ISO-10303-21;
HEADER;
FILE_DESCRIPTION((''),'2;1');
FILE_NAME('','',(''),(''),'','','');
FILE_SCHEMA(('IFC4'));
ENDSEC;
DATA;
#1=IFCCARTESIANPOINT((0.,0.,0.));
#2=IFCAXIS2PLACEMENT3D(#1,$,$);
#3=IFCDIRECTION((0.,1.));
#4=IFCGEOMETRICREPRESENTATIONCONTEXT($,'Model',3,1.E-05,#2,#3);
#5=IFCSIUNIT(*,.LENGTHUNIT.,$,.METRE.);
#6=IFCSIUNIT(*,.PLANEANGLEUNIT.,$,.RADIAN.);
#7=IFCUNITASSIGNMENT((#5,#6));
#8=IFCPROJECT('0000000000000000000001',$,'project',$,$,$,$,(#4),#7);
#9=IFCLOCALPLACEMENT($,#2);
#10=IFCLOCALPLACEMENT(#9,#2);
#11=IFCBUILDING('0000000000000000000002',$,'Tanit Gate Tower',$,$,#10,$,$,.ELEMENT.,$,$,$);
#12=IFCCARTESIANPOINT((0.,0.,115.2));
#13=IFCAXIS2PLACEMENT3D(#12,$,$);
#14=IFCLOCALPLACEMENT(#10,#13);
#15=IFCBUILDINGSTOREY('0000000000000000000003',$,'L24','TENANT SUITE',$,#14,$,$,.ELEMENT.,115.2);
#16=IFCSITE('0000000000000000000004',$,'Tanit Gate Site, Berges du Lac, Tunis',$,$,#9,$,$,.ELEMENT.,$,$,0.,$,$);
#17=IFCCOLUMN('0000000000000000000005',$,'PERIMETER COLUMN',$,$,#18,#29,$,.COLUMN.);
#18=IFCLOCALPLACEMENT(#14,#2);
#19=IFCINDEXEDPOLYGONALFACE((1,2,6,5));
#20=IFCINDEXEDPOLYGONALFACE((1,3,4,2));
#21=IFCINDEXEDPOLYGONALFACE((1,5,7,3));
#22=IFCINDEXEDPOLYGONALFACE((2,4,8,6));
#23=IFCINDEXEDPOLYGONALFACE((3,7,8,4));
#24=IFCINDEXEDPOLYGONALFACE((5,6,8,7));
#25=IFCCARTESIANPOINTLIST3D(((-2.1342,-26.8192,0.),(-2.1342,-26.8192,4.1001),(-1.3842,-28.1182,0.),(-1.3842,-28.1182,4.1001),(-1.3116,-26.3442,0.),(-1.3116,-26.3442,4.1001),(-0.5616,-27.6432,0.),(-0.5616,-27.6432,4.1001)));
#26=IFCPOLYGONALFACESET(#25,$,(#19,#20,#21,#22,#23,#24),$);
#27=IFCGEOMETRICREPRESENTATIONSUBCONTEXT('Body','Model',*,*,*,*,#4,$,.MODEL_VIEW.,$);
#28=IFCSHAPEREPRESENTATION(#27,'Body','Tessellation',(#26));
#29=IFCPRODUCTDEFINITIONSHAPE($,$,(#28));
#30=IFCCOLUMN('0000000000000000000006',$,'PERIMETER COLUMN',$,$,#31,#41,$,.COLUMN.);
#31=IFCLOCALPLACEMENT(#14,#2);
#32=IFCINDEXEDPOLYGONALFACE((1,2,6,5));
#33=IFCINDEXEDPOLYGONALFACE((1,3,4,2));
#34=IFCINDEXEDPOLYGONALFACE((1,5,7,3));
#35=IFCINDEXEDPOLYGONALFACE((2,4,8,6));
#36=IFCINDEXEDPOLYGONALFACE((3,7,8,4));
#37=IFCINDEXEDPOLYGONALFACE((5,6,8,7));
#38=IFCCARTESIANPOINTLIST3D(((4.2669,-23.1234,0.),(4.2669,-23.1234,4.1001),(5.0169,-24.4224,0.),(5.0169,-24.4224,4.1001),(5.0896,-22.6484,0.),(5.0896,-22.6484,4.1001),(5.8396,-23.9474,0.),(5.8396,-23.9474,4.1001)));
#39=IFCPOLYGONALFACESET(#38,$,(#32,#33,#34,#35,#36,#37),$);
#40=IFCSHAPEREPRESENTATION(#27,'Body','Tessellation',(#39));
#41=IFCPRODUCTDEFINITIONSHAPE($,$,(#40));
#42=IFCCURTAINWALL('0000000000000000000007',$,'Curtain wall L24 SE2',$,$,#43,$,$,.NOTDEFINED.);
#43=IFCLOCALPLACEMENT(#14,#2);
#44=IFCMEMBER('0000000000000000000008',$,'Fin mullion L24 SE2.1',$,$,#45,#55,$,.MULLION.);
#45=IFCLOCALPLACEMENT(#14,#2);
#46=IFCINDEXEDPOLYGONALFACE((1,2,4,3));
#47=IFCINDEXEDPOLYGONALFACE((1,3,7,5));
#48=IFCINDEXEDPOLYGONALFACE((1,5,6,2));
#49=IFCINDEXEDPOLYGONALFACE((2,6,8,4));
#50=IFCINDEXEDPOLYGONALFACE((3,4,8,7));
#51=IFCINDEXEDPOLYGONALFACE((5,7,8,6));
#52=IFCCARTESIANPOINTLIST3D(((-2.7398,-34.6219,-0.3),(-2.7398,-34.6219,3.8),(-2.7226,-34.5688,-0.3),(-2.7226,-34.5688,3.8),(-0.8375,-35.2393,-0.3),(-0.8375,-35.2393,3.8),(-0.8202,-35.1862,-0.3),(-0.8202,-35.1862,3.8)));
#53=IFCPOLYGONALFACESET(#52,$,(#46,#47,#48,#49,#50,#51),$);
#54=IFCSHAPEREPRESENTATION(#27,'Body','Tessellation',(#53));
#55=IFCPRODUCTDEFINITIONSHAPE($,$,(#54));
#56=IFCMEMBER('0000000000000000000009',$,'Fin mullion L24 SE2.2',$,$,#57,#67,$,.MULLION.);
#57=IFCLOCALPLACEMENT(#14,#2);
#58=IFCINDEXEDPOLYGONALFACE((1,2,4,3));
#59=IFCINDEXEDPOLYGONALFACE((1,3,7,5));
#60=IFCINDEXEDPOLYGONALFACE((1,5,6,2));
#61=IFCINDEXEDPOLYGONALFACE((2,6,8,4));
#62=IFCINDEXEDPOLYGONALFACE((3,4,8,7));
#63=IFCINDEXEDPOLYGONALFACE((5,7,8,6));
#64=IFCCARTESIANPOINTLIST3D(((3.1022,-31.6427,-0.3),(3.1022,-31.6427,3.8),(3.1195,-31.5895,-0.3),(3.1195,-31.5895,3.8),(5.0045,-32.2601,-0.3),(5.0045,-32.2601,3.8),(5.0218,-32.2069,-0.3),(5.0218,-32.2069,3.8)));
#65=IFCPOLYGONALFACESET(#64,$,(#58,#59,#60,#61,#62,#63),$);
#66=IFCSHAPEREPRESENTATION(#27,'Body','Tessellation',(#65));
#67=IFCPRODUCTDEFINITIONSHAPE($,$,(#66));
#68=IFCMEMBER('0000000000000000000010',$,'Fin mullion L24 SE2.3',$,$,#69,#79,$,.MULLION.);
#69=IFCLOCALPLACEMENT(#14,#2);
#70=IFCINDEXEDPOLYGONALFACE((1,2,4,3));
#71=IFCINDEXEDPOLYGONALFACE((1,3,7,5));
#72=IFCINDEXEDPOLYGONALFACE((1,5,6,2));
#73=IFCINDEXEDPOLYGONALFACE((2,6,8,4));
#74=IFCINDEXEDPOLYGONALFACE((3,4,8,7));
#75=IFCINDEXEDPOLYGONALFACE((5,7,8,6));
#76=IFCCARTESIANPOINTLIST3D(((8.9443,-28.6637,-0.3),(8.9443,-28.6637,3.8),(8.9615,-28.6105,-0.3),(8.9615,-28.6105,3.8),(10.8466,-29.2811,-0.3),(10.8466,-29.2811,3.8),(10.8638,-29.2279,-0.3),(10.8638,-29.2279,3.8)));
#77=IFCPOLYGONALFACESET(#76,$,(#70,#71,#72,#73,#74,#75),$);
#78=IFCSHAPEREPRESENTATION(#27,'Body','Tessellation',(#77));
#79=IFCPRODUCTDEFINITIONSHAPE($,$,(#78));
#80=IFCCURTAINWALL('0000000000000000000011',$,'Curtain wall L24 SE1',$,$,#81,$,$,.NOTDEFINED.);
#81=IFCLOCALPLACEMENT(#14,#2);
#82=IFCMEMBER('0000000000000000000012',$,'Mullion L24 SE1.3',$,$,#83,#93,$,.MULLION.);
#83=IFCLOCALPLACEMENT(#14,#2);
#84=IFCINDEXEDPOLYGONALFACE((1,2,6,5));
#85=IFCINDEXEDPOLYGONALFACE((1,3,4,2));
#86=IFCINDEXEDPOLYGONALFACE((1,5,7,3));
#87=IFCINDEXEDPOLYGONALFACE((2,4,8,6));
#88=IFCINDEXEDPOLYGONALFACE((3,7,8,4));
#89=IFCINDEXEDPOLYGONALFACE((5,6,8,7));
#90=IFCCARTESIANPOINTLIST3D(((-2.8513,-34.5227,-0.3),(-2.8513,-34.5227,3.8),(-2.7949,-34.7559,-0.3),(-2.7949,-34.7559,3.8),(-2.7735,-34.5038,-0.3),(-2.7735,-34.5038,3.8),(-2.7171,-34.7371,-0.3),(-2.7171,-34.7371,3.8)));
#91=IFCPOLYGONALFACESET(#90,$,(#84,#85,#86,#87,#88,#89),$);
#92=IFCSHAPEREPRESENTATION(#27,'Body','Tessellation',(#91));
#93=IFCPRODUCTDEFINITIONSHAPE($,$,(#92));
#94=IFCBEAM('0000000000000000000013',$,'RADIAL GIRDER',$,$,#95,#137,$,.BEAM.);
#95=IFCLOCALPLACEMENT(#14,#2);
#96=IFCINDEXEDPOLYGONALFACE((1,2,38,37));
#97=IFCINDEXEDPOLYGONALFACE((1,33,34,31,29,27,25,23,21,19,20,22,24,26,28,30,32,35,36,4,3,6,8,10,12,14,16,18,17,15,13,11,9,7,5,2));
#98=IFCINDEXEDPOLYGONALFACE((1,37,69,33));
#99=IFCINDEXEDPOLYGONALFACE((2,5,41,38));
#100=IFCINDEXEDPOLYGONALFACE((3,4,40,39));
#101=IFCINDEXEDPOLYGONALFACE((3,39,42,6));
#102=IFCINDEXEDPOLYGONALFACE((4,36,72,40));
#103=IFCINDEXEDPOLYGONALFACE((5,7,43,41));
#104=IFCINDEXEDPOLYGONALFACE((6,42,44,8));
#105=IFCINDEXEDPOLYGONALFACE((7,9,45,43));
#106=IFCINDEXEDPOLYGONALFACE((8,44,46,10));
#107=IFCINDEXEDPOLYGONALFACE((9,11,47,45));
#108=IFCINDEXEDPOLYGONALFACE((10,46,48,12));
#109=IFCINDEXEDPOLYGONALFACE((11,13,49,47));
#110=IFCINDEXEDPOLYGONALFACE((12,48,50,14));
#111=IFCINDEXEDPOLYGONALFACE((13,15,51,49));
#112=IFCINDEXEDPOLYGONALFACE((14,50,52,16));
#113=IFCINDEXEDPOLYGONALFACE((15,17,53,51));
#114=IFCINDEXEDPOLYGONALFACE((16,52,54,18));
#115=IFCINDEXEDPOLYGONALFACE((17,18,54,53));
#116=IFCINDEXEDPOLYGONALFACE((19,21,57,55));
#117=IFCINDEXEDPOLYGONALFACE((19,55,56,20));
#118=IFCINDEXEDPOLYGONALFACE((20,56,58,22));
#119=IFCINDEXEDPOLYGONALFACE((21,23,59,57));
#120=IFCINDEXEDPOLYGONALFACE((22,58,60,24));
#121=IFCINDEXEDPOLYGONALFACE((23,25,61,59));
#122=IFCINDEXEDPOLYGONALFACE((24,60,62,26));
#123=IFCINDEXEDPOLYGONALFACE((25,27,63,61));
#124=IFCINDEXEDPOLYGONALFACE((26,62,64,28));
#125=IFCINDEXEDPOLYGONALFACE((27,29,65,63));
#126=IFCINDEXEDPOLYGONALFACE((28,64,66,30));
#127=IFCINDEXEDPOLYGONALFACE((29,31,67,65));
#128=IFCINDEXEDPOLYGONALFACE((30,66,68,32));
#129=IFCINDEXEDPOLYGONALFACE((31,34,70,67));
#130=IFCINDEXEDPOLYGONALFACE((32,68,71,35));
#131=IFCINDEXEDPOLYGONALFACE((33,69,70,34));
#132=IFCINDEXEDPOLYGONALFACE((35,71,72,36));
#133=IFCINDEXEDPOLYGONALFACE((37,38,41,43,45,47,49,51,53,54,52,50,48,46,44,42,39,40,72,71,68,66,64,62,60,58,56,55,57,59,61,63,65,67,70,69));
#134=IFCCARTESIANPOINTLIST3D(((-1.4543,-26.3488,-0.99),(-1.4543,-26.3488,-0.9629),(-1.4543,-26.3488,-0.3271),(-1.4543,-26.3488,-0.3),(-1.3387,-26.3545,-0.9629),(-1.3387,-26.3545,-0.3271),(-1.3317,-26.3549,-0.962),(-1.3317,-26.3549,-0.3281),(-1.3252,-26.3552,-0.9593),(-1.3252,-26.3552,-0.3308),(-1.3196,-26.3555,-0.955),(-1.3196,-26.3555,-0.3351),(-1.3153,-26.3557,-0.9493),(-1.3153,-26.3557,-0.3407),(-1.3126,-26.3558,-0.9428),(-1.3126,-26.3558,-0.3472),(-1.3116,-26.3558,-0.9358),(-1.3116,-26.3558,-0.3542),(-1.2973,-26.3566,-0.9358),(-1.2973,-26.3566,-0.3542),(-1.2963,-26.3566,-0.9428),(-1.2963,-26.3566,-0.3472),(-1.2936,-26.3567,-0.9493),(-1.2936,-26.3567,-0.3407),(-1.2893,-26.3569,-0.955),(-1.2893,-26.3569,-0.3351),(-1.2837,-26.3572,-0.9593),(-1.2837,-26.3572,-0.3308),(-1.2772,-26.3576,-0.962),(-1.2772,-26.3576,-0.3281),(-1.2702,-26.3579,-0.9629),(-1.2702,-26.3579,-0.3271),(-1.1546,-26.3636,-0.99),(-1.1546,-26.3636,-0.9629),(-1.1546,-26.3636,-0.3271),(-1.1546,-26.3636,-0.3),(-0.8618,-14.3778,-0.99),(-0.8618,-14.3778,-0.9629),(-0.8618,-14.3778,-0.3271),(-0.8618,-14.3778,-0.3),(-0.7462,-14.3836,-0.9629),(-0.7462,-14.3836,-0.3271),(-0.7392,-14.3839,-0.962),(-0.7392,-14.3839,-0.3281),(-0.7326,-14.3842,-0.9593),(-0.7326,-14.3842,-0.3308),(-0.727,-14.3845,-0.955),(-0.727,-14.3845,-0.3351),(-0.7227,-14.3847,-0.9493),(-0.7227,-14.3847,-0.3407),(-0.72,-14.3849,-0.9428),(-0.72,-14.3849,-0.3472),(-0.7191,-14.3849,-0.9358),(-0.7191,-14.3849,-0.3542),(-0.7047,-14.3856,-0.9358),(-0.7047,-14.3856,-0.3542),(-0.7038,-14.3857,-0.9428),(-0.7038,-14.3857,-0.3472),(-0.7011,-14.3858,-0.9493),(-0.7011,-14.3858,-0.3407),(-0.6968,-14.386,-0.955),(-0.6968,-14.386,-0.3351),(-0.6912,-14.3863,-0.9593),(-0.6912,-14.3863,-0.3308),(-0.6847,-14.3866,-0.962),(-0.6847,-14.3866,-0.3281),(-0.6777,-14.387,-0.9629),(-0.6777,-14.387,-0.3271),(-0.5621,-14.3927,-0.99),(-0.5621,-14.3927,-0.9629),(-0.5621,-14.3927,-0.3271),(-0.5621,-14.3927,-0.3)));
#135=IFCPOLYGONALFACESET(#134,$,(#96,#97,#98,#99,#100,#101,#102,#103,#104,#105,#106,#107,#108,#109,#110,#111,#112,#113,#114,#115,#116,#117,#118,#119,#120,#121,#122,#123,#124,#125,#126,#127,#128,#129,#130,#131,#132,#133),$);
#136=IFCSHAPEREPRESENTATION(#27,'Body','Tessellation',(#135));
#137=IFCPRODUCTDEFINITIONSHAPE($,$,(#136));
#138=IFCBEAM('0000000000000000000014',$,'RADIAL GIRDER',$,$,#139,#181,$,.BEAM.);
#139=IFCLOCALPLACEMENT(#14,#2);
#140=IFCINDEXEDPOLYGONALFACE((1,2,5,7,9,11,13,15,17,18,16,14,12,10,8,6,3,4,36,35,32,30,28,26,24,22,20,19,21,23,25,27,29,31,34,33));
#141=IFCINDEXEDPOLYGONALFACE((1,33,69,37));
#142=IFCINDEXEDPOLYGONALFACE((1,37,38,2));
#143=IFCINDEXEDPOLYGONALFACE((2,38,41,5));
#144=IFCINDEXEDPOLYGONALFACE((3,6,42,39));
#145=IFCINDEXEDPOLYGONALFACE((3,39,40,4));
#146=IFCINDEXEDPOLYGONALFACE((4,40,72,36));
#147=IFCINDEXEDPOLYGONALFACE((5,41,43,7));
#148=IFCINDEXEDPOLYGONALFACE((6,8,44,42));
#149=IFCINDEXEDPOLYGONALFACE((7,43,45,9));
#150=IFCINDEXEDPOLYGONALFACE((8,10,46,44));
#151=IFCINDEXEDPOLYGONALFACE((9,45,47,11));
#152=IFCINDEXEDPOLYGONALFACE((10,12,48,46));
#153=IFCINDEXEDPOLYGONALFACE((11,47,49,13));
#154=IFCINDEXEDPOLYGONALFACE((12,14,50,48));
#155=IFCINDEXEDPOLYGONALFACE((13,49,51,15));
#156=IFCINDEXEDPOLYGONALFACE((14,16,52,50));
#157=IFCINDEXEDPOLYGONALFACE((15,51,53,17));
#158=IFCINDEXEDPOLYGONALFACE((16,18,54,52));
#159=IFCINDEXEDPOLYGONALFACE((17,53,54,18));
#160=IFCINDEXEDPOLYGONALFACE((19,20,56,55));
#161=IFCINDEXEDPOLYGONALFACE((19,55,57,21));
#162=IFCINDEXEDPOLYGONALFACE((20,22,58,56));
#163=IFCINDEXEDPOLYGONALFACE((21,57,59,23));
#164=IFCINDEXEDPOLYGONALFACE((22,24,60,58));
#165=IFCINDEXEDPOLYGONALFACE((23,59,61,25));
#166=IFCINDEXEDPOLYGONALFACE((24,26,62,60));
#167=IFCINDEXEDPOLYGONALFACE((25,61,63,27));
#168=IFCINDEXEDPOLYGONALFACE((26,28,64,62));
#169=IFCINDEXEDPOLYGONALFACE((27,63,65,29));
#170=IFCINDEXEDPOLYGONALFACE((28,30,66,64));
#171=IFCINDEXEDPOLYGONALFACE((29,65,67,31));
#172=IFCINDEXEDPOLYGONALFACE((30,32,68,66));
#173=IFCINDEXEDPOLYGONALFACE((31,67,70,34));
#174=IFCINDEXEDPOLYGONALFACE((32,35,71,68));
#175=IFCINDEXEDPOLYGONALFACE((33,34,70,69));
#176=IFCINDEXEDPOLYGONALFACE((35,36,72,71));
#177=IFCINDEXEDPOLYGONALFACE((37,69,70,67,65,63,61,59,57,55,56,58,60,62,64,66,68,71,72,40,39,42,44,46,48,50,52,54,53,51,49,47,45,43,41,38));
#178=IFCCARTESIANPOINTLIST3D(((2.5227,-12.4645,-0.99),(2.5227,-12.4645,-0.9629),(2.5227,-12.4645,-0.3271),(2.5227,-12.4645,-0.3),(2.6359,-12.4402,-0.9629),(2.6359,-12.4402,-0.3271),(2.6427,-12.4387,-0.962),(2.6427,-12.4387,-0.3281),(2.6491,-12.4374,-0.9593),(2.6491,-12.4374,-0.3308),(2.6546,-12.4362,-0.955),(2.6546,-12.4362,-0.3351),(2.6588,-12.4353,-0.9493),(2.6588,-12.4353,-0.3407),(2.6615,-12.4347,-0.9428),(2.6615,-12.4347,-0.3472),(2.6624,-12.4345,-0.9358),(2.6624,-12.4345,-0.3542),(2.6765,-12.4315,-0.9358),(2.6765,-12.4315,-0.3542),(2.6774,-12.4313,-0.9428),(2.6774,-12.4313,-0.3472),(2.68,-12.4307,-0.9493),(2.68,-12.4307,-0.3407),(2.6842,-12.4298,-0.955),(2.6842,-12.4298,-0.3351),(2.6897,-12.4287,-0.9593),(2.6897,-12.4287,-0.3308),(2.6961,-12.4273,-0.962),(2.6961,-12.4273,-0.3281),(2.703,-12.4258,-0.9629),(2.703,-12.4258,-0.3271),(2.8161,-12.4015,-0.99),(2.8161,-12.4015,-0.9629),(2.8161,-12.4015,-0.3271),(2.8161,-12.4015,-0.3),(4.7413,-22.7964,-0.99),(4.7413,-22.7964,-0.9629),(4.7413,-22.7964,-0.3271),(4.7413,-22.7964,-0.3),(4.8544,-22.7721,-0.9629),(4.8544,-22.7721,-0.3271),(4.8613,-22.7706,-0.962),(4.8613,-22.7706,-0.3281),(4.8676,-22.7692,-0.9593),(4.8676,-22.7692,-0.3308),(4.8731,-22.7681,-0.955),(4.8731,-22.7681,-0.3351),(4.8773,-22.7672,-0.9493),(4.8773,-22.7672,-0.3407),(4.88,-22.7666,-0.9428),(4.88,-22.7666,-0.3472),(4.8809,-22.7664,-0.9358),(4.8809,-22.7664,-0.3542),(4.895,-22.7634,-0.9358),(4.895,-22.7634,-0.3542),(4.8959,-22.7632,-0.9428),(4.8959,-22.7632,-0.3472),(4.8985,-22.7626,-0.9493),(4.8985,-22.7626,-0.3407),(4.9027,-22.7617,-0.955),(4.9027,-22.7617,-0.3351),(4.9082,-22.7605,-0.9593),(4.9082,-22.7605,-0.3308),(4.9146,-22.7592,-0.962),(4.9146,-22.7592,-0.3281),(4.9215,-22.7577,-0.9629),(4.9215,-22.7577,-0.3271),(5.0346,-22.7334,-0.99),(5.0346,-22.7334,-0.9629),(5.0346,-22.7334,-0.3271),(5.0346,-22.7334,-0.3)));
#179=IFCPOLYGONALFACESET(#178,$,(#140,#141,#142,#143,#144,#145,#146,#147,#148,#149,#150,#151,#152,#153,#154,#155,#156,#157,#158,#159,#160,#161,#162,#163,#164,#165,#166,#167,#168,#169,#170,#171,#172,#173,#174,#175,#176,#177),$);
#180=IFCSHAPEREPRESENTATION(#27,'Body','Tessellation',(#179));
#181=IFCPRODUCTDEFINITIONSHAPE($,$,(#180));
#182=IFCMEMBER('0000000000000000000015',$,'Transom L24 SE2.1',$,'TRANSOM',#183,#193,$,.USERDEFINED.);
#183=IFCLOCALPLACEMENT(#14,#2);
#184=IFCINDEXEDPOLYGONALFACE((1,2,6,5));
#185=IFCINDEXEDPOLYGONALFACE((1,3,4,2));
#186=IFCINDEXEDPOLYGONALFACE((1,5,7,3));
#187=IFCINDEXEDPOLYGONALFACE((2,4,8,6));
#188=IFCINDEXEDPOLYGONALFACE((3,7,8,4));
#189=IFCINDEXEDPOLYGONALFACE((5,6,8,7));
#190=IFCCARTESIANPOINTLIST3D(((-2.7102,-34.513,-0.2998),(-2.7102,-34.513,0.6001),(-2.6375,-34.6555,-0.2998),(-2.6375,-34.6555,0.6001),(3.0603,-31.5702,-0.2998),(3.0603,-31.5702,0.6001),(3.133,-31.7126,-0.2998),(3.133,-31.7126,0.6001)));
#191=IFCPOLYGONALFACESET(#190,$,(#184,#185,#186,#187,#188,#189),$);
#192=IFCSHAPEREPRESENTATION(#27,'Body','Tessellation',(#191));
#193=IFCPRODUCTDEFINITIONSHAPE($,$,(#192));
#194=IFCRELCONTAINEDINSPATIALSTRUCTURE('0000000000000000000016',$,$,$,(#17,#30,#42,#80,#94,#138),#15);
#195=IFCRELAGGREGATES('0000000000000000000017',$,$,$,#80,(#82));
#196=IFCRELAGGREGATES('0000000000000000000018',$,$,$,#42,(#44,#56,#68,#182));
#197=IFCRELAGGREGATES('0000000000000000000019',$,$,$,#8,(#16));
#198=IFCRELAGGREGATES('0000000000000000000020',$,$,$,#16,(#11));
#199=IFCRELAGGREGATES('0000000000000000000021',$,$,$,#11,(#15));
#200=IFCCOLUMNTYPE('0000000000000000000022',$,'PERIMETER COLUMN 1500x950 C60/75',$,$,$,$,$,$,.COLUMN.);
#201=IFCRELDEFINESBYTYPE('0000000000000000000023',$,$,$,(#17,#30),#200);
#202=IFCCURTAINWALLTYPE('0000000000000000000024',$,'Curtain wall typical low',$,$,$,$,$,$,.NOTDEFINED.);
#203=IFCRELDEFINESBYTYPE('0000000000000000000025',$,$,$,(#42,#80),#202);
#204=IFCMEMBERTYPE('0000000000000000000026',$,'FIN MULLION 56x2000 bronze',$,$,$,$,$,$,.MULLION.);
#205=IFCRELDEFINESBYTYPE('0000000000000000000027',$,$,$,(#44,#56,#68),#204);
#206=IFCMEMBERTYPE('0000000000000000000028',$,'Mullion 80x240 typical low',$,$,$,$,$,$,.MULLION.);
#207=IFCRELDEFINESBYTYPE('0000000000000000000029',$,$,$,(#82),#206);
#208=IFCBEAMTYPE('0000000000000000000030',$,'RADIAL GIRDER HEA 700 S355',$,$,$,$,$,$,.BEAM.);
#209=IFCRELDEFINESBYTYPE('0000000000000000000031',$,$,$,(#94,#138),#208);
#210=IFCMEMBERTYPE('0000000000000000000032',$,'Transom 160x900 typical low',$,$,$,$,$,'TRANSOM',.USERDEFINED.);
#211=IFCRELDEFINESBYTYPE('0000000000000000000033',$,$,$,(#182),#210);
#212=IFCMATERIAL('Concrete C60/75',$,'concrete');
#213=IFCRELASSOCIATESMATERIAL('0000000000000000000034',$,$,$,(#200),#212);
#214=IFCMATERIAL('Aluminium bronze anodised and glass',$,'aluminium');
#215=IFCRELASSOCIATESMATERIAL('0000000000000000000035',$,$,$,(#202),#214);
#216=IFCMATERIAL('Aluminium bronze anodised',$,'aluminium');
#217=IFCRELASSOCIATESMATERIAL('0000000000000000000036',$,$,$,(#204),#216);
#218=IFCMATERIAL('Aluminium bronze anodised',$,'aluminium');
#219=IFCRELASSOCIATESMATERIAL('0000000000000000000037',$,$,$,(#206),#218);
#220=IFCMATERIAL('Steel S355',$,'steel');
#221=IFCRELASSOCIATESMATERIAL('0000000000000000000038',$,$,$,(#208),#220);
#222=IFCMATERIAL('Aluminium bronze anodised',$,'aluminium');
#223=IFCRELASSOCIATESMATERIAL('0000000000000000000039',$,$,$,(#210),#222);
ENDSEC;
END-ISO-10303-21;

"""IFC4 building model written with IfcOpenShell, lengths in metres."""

from ifc_helpers import new_model, si_unit, direction, frame, origin, origin_2d, place, context, subcontext, project, spatial, rectangle, i_section, extrude, material, material_profile, profile_set, type_object, element, aggregate, save


model = new_model("IFC4")

# Units and contexts
model_context = context("Model", 3, precision=1e-05, world=origin(), true_north=direction((0.0, 1.0)))
body_context = subcontext(model_context, "Body", "Model", "MODEL_VIEW")
ifc_project = project(units=[si_unit("LENGTHUNIT", "METRE"), si_unit("PLANEANGLEUNIT", "RADIAN")], contexts=[model_context])

# Site, building, storey
site_placement = place(None, origin())
site = spatial("IfcSite", under=ifc_project, at=site_placement, Name="Tanit Gate Site, Berges du Lac, Tunis", CompositionType="ELEMENT", RefElevation=0.0)
building_placement = place(site_placement, origin())
building = spatial("IfcBuilding", under=site, at=building_placement, Name="Tanit Gate Tower", CompositionType="ELEMENT")
storey_placement = place(building_placement, frame((0.0, 0.0, 115.2)))
storey = spatial("IfcBuildingStorey", under=building, at=storey_placement, Name="L24", Description="TENANT SUITE", CompositionType="ELEMENT", Elevation=115.2)

# Columns
ifc_material_1 = material(Name="Concrete C60/75", Category="concrete")
ifc_material_profile_1 = material_profile(ifc_material_1, rectangle(XDim=1.5, YDim=0.95, at=origin_2d()), Name="RC 1500x950")
ifc_profile_set_1 = profile_set([ifc_material_profile_1], Name="Concrete C60/75")
column_type = type_object("IfcColumnType", Name="PERIMETER COLUMN 1500x950 C60/75", PredefinedType="COLUMN", material=ifc_profile_set_1)
for number, where, z_axis, x_axis, name in (
    (1, (-1.3479, -27.2312, 0.0), (0.0, 0.0, 1.0), (0.5, -0.866025, 0.0), "PERIMETER COLUMN"),
    (2, (5.0532, -23.5354, 0.0), (0.0, 0.0, 1.0), (0.5, -0.866025, 0.0), "PERIMETER COLUMN"),
):
    element("IfcColumn", number, at=place(storey_placement, frame(where, z_axis=z_axis, x_axis=x_axis)), inside=storey, type_object=column_type, Name=name, PredefinedType="COLUMN", context=body_context, shape_type="SweptSolid", body=[
        extrude(rectangle(XDim=1.5, YDim=0.95, at=origin_2d()), origin(), (0.0, 0.0, 1.0), 4.1001),
    ])

# Curtain wall, members
ifc_material_2 = material(Name="Aluminium bronze anodised and glass", Category="aluminium")
curtain_wall_type = type_object("IfcCurtainWallType", Name="Curtain wall typical low", PredefinedType="NOTDEFINED", material=ifc_material_2)
curtain_wall_1_placement = place(storey_placement, origin())
curtain_wall_1 = element("IfcCurtainWall", 3, at=curtain_wall_1_placement, inside=storey, type_object=curtain_wall_type, Name="Curtain wall L24 SE2", PredefinedType="NOTDEFINED")
ifc_material_3 = material(Name="Aluminium bronze anodised", Category="aluminium")
ifc_material_profile_2 = material_profile(ifc_material_3, rectangle(XDim=2.0, YDim=0.0559, at=origin_2d()), Name="56x2000 bronze fin mullion")
ifc_profile_set_2 = profile_set([ifc_material_profile_2], Name="Aluminium bronze anodised")
member_type_1 = type_object("IfcMemberType", Name="FIN MULLION 56x2000 bronze", PredefinedType="MULLION", material=ifc_profile_set_2)
member_1_placement = place(storey_placement, frame((-1.78, -34.9041, -0.3), z_axis=(0.0, 0.0, 1.0), x_axis=(-0.95116, 0.3087, 0.0)))
member_1 = element("IfcMember", 4, at=member_1_placement, type_object=member_type_1, Name="Fin mullion L24 SE2.1", PredefinedType="MULLION", context=body_context, shape_type="SweptSolid", body=[
    extrude(rectangle(XDim=2.0, YDim=0.0559, at=origin_2d()), origin(), (0.0, 0.0, 1.0), 4.1001),
])
member_2_placement = place(storey_placement, frame((4.062, -31.9248, -0.3), z_axis=(0.0, 0.0, 1.0), x_axis=(-0.95116, 0.3087, 0.0)))
member_2 = element("IfcMember", 5, at=member_2_placement, type_object=member_type_1, Name="Fin mullion L24 SE2.2", PredefinedType="MULLION", context=body_context, shape_type="SweptSolid", body=[
    extrude(rectangle(XDim=2.0, YDim=0.0559, at=origin_2d()), origin(), (0.0, 0.0, 1.0), 4.1001),
])
member_3_placement = place(storey_placement, frame((9.9041, -28.9458, -0.3), z_axis=(0.0, 0.0, 1.0), x_axis=(-0.95116, 0.3087, 0.0)))
member_3 = element("IfcMember", 6, at=member_3_placement, type_object=member_type_1, Name="Fin mullion L24 SE2.3", PredefinedType="MULLION", context=body_context, shape_type="SweptSolid", body=[
    extrude(rectangle(XDim=2.0, YDim=0.0559, at=origin_2d()), origin(), (0.0, 0.0, 1.0), 4.1001),
])

# Curtain wall, member
curtain_wall_2_placement = place(storey_placement, origin())
curtain_wall_2 = element("IfcCurtainWall", 7, at=curtain_wall_2_placement, inside=storey, type_object=curtain_wall_type, Name="Curtain wall L24 SE1", PredefinedType="NOTDEFINED")
ifc_material_4 = material(Name="Aluminium bronze anodised", Category="aluminium")
ifc_material_profile_3 = material_profile(ifc_material_4, rectangle(XDim=0.24, YDim=0.0801, at=origin_2d()), Name="80x240 bronze mullion")
ifc_profile_set_3 = profile_set([ifc_material_profile_3], Name="Aluminium bronze anodised")
member_type_2 = type_object("IfcMemberType", Name="Mullion 80x240 typical low", PredefinedType="MULLION", material=ifc_profile_set_3)
member_4_placement = place(storey_placement, frame((-2.7842, -34.6299, -0.3), z_axis=(0.0, 0.0, 1.0), x_axis=(-0.234957, 0.972006, 0.0)))
member_4 = element("IfcMember", 8, at=member_4_placement, type_object=member_type_2, Name="Mullion L24 SE1.3", PredefinedType="MULLION", context=body_context, shape_type="SweptSolid", body=[
    extrude(rectangle(XDim=0.24, YDim=0.0801, at=origin_2d()), origin(), (0.0, 0.0, 1.0), 4.1001),
])
aggregate(curtain_wall_2, [member_4])

# Beams
ifc_material_5 = material(Name="Steel S355", Category="steel")
ifc_material_profile_4 = material_profile(ifc_material_5, i_section(OverallWidth=0.3, OverallDepth=0.6899, WebThickness=0.0144, FlangeThickness=0.0271, FilletRadius=0.0271, at=origin_2d()), Name="HEA 700")
ifc_profile_set_4 = profile_set([ifc_material_profile_4], Name="Steel S355")
beam_type = type_object("IfcBeamType", Name="RADIAL GIRDER HEA 700 S355", PredefinedType="BEAM", material=ifc_profile_set_4)
beam_1_placement = place(storey_placement, frame((-1.3044, -26.3562, -0.645), z_axis=(0.049437, 0.998777, 0.0), x_axis=(-0.998777, 0.049437, 0.0)))
element("IfcBeam", 9, at=beam_1_placement, inside=storey, type_object=beam_type, Name="RADIAL GIRDER", PredefinedType="BEAM", context=body_context, shape_type="SweptSolid", body=[
    extrude(i_section(OverallWidth=0.3, OverallDepth=0.6899, WebThickness=0.0144, FlangeThickness=0.0271, FilletRadius=0.0271, at=origin_2d()), origin(), (0.0, 0.0, 1.0), 11.9856),
])
beam_2_placement = place(storey_placement, frame((4.8879, -22.7649, -0.645), z_axis=(-0.209941, 0.977714, 0.0), x_axis=(-0.977714, -0.209941, 0.0)))
element("IfcBeam", 10, at=beam_2_placement, inside=storey, type_object=beam_type, Name="RADIAL GIRDER", PredefinedType="BEAM", context=body_context, shape_type="SweptSolid", body=[
    extrude(i_section(OverallWidth=0.3, OverallDepth=0.6899, WebThickness=0.0144, FlangeThickness=0.0271, FilletRadius=0.0271, at=origin_2d()), origin(), (0.0, 0.0, 1.0), 10.5674),
])

# Member
ifc_material_6 = material(Name="Aluminium bronze anodised", Category="aluminium")
ifc_material_profile_5 = material_profile(ifc_material_6, rectangle(XDim=0.1599, YDim=0.8999, at=origin_2d()), Name="160x900 bronze transom")
ifc_profile_set_5 = profile_set([ifc_material_profile_5], Name="Aluminium bronze anodised")
member_type_3 = type_object("IfcMemberType", Name="Transom 160x900 typical low", ElementType="TRANSOM", PredefinedType="USERDEFINED", material=ifc_profile_set_5)
member_5_placement = place(storey_placement, frame((-2.6738, -34.5842, 0.1501), z_axis=(0.890841, 0.454315, 0.0), x_axis=(-0.454315, 0.890841, 0.0)))
member_5 = element("IfcMember", 11, at=member_5_placement, type_object=member_type_3, Name="Transom L24 SE2.1", ObjectType="TRANSOM", PredefinedType="USERDEFINED", context=body_context, shape_type="SweptSolid", body=[
    extrude(rectangle(XDim=0.1599, YDim=0.8999, at=origin_2d()), origin(), (0.0, 0.0, 1.0), 6.4775),
])

aggregate(curtain_wall_1, [member_1, member_2, member_3, member_5])

save(model, "model.ifc")
